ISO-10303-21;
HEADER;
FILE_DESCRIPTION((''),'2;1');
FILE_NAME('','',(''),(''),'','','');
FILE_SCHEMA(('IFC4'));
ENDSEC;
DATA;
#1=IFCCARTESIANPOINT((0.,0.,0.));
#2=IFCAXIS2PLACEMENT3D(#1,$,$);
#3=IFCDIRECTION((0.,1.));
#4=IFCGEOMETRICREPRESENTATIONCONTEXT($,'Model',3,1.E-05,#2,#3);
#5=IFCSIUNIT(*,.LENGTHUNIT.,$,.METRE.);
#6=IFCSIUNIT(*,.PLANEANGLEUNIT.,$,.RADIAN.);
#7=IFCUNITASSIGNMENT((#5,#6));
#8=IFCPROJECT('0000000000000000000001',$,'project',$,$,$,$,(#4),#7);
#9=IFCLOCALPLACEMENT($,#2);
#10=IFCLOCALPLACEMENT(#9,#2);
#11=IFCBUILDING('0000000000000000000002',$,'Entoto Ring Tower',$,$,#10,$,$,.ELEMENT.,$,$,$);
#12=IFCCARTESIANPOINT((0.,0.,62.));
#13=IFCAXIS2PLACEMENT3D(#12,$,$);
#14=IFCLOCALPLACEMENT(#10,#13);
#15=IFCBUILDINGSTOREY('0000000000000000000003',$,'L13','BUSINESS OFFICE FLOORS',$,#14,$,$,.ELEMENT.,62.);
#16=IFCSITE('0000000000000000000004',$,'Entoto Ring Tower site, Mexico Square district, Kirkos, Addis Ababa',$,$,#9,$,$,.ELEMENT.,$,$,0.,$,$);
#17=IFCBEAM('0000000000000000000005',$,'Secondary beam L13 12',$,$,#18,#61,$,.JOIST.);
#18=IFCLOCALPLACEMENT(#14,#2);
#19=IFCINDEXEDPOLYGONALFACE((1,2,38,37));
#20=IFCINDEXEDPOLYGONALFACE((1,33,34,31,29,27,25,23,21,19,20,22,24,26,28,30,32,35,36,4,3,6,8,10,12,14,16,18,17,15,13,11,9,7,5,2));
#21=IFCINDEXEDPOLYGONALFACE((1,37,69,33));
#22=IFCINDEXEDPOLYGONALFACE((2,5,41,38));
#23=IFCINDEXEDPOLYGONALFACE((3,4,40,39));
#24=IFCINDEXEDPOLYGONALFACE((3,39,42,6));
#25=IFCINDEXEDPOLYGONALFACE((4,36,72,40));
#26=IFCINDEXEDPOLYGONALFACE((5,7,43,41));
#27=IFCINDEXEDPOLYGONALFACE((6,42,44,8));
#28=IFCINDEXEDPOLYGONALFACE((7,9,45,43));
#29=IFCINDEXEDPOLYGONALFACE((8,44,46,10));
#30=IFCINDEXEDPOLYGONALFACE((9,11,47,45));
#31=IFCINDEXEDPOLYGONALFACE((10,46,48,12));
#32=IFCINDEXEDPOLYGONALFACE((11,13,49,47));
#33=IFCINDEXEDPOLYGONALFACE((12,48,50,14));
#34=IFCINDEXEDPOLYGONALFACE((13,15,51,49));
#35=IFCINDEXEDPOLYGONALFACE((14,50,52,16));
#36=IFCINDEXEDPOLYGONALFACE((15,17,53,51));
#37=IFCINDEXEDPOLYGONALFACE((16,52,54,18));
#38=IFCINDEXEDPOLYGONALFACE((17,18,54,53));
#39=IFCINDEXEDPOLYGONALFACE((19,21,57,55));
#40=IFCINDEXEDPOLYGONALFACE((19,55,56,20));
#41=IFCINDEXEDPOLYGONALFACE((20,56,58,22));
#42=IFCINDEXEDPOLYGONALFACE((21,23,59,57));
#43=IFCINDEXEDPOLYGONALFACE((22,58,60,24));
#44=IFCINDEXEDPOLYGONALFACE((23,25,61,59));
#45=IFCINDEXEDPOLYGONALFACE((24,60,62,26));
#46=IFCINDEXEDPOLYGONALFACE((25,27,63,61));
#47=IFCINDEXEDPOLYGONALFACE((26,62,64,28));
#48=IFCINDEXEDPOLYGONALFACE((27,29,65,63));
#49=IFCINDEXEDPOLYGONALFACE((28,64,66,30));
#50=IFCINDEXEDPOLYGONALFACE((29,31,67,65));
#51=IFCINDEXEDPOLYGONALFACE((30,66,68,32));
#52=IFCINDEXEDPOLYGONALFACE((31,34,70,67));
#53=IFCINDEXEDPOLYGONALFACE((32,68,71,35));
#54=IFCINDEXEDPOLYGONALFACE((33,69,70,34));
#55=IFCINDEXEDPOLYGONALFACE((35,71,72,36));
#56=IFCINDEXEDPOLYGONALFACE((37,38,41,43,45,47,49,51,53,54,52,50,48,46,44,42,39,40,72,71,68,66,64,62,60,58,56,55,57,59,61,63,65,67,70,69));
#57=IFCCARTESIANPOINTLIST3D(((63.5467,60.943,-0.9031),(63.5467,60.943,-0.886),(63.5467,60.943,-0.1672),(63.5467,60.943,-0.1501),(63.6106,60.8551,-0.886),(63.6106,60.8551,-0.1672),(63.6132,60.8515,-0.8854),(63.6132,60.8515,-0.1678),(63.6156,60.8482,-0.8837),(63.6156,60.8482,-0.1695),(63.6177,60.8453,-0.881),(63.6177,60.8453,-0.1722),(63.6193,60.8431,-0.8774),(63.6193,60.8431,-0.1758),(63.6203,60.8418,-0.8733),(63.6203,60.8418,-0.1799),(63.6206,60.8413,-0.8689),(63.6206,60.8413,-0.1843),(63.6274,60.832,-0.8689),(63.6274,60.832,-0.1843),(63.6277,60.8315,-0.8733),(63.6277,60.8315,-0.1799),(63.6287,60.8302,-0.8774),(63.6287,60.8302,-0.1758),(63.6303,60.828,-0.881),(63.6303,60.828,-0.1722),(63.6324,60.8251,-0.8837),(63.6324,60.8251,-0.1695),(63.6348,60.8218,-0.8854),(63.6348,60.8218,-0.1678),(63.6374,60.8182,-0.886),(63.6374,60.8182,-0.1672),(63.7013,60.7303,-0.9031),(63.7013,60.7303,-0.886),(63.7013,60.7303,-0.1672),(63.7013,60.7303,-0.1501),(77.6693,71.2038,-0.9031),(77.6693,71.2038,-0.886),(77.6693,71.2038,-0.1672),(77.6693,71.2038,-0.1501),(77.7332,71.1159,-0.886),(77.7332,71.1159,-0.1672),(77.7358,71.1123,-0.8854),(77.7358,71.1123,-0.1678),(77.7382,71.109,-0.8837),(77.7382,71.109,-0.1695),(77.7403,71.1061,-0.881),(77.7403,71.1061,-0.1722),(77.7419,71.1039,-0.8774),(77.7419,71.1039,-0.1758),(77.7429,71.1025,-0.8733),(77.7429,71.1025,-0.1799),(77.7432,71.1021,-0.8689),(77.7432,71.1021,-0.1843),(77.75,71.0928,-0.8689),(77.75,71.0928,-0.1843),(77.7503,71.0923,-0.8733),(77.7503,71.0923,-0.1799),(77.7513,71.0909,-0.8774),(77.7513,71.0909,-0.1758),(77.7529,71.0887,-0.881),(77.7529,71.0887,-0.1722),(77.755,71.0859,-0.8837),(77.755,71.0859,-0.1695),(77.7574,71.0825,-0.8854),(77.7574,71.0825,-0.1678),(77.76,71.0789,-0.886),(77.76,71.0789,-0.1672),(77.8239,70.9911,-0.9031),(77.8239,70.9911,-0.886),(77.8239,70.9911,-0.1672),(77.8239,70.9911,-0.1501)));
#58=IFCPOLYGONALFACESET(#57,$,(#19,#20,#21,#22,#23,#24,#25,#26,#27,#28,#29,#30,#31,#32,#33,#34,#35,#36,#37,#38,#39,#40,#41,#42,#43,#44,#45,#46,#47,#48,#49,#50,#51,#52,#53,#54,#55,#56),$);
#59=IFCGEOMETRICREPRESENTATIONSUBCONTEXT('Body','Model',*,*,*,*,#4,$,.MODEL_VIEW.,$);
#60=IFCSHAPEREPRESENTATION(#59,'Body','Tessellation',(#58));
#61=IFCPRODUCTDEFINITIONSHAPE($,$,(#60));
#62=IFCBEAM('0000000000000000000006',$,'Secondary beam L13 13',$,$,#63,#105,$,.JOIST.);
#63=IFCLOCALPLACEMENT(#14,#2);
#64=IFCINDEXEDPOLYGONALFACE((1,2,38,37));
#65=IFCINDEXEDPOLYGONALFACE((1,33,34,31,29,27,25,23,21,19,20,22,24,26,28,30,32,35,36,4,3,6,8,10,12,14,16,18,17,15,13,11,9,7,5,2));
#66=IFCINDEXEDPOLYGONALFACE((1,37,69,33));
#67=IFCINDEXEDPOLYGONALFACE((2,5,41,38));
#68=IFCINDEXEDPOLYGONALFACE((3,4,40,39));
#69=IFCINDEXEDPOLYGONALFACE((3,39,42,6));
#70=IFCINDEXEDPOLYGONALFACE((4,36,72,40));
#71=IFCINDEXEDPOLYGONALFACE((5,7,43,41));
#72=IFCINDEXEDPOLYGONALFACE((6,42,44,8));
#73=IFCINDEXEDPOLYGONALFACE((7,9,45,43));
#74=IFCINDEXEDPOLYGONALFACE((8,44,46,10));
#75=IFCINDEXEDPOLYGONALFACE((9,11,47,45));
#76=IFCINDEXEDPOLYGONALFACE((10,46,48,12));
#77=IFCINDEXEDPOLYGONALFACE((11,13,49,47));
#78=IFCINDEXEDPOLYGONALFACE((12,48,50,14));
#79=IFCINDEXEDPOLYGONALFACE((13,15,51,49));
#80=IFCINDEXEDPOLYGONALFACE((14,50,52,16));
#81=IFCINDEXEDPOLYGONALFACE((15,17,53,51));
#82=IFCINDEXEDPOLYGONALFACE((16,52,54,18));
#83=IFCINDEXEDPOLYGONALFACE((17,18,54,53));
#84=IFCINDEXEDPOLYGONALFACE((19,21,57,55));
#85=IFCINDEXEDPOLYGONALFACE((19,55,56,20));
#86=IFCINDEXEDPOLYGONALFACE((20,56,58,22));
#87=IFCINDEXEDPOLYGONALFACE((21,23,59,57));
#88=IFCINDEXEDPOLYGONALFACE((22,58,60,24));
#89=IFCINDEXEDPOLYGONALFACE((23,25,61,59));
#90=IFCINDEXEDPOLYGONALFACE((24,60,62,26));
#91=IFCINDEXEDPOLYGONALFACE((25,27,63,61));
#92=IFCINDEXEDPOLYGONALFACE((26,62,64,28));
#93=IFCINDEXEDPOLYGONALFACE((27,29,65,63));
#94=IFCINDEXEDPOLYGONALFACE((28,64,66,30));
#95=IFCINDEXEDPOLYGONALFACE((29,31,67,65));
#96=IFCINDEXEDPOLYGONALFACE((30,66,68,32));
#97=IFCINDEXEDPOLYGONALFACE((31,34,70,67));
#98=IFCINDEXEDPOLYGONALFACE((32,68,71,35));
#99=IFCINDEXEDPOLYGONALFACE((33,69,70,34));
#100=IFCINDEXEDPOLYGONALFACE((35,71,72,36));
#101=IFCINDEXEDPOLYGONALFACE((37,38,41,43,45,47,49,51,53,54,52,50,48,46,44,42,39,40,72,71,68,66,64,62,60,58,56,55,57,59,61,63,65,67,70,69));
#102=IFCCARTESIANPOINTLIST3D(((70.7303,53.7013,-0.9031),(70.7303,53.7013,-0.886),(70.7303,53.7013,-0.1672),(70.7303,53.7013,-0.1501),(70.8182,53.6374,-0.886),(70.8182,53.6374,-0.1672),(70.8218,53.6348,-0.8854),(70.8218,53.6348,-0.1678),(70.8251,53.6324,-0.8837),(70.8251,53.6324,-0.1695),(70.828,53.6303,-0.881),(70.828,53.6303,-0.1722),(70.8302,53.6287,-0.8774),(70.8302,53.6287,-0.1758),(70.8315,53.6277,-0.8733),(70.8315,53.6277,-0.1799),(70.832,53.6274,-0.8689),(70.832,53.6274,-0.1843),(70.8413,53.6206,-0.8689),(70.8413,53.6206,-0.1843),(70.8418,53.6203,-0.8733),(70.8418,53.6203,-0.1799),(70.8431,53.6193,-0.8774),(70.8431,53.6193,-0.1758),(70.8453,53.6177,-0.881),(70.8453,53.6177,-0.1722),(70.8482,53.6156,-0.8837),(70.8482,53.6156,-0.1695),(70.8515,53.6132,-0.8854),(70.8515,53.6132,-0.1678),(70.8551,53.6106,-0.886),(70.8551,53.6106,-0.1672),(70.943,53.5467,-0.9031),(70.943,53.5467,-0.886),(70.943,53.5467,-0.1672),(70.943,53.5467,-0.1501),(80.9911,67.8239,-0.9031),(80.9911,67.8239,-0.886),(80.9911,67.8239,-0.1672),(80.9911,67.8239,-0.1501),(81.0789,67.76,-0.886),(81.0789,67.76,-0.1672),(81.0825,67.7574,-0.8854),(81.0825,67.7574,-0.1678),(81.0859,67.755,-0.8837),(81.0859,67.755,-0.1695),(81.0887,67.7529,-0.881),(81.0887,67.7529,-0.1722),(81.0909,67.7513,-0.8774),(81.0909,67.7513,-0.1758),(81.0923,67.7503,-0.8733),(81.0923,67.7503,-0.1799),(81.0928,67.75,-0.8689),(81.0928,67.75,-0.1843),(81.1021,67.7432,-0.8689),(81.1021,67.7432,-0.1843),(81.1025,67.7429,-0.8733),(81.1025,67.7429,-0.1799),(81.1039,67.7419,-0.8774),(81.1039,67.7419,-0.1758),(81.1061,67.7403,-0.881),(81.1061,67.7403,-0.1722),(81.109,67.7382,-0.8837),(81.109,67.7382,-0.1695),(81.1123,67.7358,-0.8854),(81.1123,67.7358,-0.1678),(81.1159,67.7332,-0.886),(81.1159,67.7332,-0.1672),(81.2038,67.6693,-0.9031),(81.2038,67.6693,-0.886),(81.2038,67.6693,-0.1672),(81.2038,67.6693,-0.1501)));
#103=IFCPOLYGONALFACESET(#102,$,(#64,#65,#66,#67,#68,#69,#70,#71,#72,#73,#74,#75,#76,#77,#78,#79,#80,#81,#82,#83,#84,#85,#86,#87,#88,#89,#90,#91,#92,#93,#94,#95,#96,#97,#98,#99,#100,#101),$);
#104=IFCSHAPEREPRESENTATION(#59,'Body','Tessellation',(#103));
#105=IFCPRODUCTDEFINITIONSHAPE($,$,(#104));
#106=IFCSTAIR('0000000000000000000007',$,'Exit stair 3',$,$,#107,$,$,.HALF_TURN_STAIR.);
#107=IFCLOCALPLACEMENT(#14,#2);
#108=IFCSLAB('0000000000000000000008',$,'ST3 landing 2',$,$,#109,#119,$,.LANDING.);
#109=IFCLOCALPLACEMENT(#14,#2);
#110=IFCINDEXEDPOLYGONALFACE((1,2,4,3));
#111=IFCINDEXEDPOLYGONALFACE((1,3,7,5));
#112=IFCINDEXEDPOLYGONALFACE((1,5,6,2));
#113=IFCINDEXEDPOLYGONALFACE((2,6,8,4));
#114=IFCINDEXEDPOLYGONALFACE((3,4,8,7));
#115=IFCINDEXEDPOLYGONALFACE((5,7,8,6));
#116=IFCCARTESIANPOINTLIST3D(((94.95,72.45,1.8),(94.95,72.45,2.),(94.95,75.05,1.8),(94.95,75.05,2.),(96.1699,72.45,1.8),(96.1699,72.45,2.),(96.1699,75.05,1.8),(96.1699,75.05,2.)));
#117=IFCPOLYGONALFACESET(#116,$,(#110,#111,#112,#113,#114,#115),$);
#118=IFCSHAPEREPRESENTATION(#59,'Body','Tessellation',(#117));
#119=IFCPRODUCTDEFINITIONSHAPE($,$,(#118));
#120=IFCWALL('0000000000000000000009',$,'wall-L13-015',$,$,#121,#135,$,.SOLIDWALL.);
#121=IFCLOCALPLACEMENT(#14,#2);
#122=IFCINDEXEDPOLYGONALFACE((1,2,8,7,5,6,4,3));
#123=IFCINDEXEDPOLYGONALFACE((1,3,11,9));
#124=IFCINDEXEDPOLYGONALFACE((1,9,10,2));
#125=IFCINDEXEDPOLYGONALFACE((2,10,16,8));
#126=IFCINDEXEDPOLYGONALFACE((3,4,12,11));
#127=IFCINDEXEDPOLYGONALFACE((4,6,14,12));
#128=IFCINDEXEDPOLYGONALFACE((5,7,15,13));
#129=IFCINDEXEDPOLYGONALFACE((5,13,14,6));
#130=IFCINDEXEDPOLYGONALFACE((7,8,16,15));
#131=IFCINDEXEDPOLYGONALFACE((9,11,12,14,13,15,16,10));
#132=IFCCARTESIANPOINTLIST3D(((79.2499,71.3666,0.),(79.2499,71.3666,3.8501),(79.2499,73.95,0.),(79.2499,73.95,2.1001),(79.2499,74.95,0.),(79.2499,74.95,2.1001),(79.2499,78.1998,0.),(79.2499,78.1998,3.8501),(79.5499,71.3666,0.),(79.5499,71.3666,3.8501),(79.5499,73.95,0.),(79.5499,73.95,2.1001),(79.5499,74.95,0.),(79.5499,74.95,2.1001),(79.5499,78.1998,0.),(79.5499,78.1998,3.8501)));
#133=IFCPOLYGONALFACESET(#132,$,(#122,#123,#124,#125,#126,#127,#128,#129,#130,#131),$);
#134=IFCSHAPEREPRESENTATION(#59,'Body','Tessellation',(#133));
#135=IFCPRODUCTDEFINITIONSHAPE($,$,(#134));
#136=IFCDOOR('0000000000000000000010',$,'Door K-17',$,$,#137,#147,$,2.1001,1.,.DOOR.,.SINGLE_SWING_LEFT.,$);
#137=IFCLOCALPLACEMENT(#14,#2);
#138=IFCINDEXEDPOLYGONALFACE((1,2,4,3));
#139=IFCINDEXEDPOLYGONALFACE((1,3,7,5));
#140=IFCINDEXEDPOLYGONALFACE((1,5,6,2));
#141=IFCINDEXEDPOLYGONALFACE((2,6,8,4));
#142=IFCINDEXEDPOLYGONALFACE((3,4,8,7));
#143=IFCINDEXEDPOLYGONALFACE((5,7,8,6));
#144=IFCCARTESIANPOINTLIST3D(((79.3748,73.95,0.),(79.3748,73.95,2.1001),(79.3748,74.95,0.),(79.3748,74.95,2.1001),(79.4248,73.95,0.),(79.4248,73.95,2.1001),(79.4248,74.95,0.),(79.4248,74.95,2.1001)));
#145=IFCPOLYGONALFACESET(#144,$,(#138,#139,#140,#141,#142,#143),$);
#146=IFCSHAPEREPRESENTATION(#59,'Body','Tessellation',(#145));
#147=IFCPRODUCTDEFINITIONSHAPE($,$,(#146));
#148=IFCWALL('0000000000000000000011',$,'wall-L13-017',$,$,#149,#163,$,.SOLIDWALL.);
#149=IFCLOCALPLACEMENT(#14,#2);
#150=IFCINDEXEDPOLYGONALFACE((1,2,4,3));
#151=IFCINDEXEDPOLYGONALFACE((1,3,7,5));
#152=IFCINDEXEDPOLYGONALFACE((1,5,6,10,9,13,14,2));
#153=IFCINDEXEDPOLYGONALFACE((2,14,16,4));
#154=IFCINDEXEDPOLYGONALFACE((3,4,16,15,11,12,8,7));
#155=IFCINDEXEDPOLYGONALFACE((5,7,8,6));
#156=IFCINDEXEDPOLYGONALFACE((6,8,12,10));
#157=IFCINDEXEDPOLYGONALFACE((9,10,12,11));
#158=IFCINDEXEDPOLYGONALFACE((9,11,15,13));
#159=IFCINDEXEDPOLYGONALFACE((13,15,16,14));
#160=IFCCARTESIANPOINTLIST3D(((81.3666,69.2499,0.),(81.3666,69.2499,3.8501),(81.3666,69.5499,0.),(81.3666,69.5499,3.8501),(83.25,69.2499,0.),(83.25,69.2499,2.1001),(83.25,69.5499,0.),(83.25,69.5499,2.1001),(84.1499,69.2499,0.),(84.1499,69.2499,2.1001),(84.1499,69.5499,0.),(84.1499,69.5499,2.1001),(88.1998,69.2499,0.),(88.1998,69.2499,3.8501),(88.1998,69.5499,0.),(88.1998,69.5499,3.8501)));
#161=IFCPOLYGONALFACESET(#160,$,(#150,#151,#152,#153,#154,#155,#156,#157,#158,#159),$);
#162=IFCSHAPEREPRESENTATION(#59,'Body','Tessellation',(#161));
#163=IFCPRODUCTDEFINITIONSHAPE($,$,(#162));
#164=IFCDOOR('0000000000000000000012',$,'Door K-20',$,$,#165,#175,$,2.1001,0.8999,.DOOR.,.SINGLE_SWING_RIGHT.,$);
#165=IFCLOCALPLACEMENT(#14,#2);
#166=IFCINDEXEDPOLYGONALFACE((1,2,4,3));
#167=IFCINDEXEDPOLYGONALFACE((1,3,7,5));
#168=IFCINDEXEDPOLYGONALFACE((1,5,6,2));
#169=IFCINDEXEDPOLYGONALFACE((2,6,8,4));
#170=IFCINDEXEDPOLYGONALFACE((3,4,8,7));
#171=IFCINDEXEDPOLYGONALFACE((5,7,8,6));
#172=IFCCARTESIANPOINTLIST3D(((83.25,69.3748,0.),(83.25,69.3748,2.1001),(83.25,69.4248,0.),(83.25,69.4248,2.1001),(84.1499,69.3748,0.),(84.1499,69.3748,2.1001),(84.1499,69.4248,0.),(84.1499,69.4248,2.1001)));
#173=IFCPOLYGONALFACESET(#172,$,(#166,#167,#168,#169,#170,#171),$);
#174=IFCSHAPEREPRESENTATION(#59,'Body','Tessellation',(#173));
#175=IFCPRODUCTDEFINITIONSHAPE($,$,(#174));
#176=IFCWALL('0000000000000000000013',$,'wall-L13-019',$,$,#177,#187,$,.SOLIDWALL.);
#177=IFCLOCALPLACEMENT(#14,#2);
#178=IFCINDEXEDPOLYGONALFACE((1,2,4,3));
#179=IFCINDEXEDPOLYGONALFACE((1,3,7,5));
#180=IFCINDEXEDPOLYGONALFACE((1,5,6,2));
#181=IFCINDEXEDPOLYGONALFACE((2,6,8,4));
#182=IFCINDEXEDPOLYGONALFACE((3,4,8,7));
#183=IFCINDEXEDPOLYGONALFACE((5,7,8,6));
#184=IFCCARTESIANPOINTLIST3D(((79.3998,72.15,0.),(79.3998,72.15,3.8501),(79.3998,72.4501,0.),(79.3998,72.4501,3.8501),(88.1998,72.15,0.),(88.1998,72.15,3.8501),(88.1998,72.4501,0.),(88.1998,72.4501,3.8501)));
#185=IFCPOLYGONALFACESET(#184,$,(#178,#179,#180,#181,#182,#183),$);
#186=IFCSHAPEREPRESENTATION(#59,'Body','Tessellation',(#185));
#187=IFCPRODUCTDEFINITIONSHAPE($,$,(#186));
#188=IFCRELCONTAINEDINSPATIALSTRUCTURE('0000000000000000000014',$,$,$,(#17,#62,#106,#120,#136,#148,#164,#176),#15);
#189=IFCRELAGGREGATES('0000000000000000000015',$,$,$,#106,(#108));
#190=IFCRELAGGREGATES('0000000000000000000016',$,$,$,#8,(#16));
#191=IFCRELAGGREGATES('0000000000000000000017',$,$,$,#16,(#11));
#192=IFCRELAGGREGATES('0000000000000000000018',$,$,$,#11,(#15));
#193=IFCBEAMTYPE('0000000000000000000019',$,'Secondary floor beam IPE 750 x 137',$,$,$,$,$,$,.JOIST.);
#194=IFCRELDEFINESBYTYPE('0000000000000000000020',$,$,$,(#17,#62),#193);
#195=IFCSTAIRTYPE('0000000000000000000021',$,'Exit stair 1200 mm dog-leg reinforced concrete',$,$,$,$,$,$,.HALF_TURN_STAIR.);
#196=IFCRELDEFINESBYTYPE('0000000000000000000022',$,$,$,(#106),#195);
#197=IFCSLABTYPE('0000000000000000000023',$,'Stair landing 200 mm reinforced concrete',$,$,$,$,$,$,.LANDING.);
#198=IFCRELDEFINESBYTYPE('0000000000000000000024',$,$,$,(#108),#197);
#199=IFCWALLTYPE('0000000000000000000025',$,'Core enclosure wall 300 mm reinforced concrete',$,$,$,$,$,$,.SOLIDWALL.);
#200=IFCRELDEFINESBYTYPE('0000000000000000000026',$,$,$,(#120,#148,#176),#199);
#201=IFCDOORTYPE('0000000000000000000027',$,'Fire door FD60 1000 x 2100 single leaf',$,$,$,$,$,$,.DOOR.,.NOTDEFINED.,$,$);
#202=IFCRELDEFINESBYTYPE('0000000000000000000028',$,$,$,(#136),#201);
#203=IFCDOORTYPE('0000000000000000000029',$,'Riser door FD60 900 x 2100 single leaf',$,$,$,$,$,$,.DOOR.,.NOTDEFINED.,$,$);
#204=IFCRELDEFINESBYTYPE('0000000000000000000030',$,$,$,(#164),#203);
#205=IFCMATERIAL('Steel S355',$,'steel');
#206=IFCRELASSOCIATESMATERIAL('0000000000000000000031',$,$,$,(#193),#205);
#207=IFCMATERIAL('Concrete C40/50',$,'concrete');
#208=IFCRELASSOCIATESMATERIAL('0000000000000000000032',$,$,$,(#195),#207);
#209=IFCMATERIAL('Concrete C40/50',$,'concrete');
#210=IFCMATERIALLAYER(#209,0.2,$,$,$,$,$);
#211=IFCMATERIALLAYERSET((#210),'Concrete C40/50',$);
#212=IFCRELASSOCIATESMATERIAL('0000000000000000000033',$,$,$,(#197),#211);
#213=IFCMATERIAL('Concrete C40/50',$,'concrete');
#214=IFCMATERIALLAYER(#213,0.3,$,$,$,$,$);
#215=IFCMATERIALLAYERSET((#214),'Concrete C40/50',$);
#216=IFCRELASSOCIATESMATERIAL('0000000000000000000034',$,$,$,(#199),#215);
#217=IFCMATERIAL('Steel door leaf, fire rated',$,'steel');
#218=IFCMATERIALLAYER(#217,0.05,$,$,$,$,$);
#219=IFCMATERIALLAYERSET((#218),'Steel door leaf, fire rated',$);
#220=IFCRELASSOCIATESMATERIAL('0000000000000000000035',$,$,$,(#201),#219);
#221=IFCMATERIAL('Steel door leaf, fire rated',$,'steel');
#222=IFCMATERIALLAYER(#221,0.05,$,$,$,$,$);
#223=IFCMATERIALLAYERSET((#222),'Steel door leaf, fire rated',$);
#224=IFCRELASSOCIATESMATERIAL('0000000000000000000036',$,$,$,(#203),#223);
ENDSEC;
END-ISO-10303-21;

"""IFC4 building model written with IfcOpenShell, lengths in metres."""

from ifc_helpers import new_model, si_unit, direction, frame, frame_2d, origin, origin_2d, place, context, subcontext, project, spatial, polyline, rectangle, i_section, outline, extrude, material, layer, layer_set, material_profile, profile_set, type_object, element, fill, aggregate, save


model = new_model("IFC4")

# Units and contexts
model_context = context("Model", 3, precision=1e-05, world=origin(), true_north=direction((0.0, 1.0)))
body_context = subcontext(model_context, "Body", "Model", "MODEL_VIEW")
ifc_project = project(units=[si_unit("LENGTHUNIT", "METRE"), si_unit("PLANEANGLEUNIT", "RADIAN")], contexts=[model_context])

# Site, building, storey
site_placement = place(None, origin())
site = spatial("IfcSite", under=ifc_project, at=site_placement, Name="Entoto Ring Tower site, Mexico Square district, Kirkos, Addis Ababa", CompositionType="ELEMENT", RefElevation=0.0)
building_placement = place(site_placement, origin())
building = spatial("IfcBuilding", under=site, at=building_placement, Name="Entoto Ring Tower", CompositionType="ELEMENT")
storey_placement = place(building_placement, frame((0.0, 0.0, 62.0)))
storey = spatial("IfcBuildingStorey", under=building, at=storey_placement, Name="L13", Description="BUSINESS OFFICE FLOORS", CompositionType="ELEMENT", Elevation=62.0)

# Beams
ifc_material_1 = material(Name="Steel S355", Category="steel")
ifc_material_profile_1 = material_profile(ifc_material_1, i_section(OverallWidth=0.2629, OverallDepth=0.7529, WebThickness=0.0115, FlangeThickness=0.0171, FilletRadius=0.0171, at=origin_2d()), Name="IPE 750 x 137")
ifc_profile_set_1 = profile_set([ifc_material_profile_1], Name="Steel S355")
beam_type_1 = type_object("IfcBeamType", Name="Secondary floor beam IPE 750 x 137", PredefinedType="JOIST", material=ifc_profile_set_1)
for number, where, z_axis, x_axis, name in (
    (1, (77.7466, 71.0974, -0.5266), (-0.809014, -0.587789, 0.0), (0.587789, -0.809014, 0.0), "Secondary beam L13 12"),
    (2, (81.0974, 67.7466, -0.5266), (-0.587789, -0.809014, 0.0), (0.809014, -0.587789, 0.0), "Secondary beam L13 13"),
):
    element("IfcBeam", number, at=place(storey_placement, frame(where, z_axis=z_axis, x_axis=x_axis)), inside=storey, type_object=beam_type_1, Name=name, PredefinedType="JOIST", context=body_context, shape_type="SweptSolid", body=[
        extrude(i_section(OverallWidth=0.2629, OverallDepth=0.7529, WebThickness=0.0115, FlangeThickness=0.0171, FilletRadius=0.0171, at=origin_2d()), origin(), (0.0, 0.0, 1.0), 17.4565),
    ])

# Stair, slab
ifc_material_2 = material(Name="Concrete C40/50", Category="concrete")
stair_type = type_object("IfcStairType", Name="Exit stair 1200 mm dog-leg reinforced concrete", PredefinedType="HALF_TURN_STAIR", material=ifc_material_2)
stair_1_placement = place(storey_placement, origin())
stair_1 = element("IfcStair", 3, at=stair_1_placement, inside=storey, type_object=stair_type, Name="Exit stair 3", PredefinedType="HALF_TURN_STAIR")
ifc_material_3 = material(Name="Concrete C40/50", Category="concrete")
ifc_layer_1 = layer(ifc_material_3, 0.2)
ifc_layer_set_1 = layer_set([ifc_layer_1], Name="Concrete C40/50")
slab_type_1 = type_object("IfcSlabType", Name="Stair landing 200 mm reinforced concrete", PredefinedType="LANDING", material=ifc_layer_set_1)
slab_1_placement = place(storey_placement, frame((0.0, 0.0, 1.8)))
slab_1 = element("IfcSlab", 4, at=slab_1_placement, type_object=slab_type_1, Name="ST3 landing 2", PredefinedType="LANDING", context=body_context, shape_type="SweptSolid", body=[
    extrude(outline(polyline([(94.95, 72.45), (96.1699, 72.45), (96.1699, 75.05), (94.95, 75.05), (94.95, 72.45)])), origin(), (0.0, 0.0, 1.0), 0.2),
])
aggregate(stair_1, [slab_1])

# Walls, openings, doors
ifc_material_4 = material(Name="Concrete C40/50", Category="concrete")
ifc_layer_2 = layer(ifc_material_4, 0.3)
ifc_layer_set_2 = layer_set([ifc_layer_2], Name="Concrete C40/50")
wall_type_1 = type_object("IfcWallType", Name="Core enclosure wall 300 mm reinforced concrete", PredefinedType="SOLIDWALL", material=ifc_layer_set_2)
wall_1_placement = place(storey_placement, frame((79.3999, 71.3667, 0.0), z_axis=(0.0, 0.0, 1.0), x_axis=(0.0, 1.0, 0.0)))
wall_1 = element("IfcWall", 5, at=wall_1_placement, inside=storey, type_object=wall_type_1, Name="wall-L13-015", PredefinedType="SOLIDWALL", context=body_context, shape_type="SweptSolid", body=[
    extrude(rectangle(XDim=6.8333, YDim=0.3, at=frame_2d((3.4165, 0.0))), origin(), (0.0, 0.0, 1.0), 3.8501),
])
opening_1_placement = place(wall_1_placement, frame((2.5833, 0.0, 0.0)))
opening_1 = element("IfcOpeningElement", 6, at=opening_1_placement, cuts=wall_1, PredefinedType="OPENING", context=body_context, shape_type="SweptSolid", body=[
    extrude(rectangle(XDim=1.0, YDim=2.1001, at=frame_2d((0.5, 1.05))), frame((0.0, 0.1602, 0.0), z_axis=(0.0, -1.0, 0.0), x_axis=(1.0, 0.0, 0.0)), (0.0, 0.0, 1.0), 0.3201),
])
ifc_material_5 = material(Name="Steel door leaf, fire rated", Category="steel")
ifc_layer_3 = layer(ifc_material_5, 0.05)
ifc_layer_set_3 = layer_set([ifc_layer_3], Name="Steel door leaf, fire rated")
door_type_1 = type_object("IfcDoorType", Name="Fire door FD60 1000 x 2100 single leaf", OperationType="NOTDEFINED", PredefinedType="DOOR", material=ifc_layer_set_3)
door_1_placement = place(opening_1_placement, frame((1.0, 0.0, 0.0), z_axis=(0.0, 0.0, 1.0), x_axis=(-1.0, 0.0, 0.0)))
door_1 = element("IfcDoor", 7, at=door_1_placement, inside=storey, type_object=door_type_1, Name="Door K-17", OperationType="SINGLE_SWING_LEFT", OverallHeight=2.1001, OverallWidth=1.0, PredefinedType="DOOR", context=body_context, shape_type="SweptSolid", body=[
    extrude(rectangle(XDim=1.0, YDim=2.1001, at=frame_2d((0.5, 1.05))), frame((0.0, 0.0249, 0.0), z_axis=(0.0, -1.0, 0.0), x_axis=(1.0, 0.0, 0.0)), (0.0, 0.0, 1.0), 0.05),
])
fill(opening_1, door_1)
wall_2_placement = place(storey_placement, frame((81.3667, 69.3999, 0.0), z_axis=(0.0, 0.0, 1.0), x_axis=(1.0, 0.0, 0.0)))
wall_2 = element("IfcWall", 8, at=wall_2_placement, inside=storey, type_object=wall_type_1, Name="wall-L13-017", PredefinedType="SOLIDWALL", context=body_context, shape_type="SweptSolid", body=[
    extrude(rectangle(XDim=6.8333, YDim=0.3, at=frame_2d((3.4165, 0.0))), origin(), (0.0, 0.0, 1.0), 3.8501),
])
opening_2_placement = place(wall_2_placement, frame((1.8833, 0.0, 0.0)))
opening_2 = element("IfcOpeningElement", 9, at=opening_2_placement, cuts=wall_2, PredefinedType="OPENING", context=body_context, shape_type="SweptSolid", body=[
    extrude(rectangle(XDim=0.8999, YDim=2.1001, at=frame_2d((0.45, 1.05))), frame((0.0, 0.1602, 0.0), z_axis=(0.0, -1.0, 0.0), x_axis=(1.0, 0.0, 0.0)), (0.0, 0.0, 1.0), 0.3201),
])
ifc_material_6 = material(Name="Steel door leaf, fire rated", Category="steel")
ifc_layer_4 = layer(ifc_material_6, 0.05)
ifc_layer_set_4 = layer_set([ifc_layer_4], Name="Steel door leaf, fire rated")
door_type_2 = type_object("IfcDoorType", Name="Riser door FD60 900 x 2100 single leaf", OperationType="NOTDEFINED", PredefinedType="DOOR", material=ifc_layer_set_4)
door_2_placement = place(opening_2_placement, origin())
door_2 = element("IfcDoor", 10, at=door_2_placement, inside=storey, type_object=door_type_2, Name="Door K-20", OperationType="SINGLE_SWING_RIGHT", OverallHeight=2.1001, OverallWidth=0.8999, PredefinedType="DOOR", context=body_context, shape_type="SweptSolid", body=[
    extrude(rectangle(XDim=0.8999, YDim=2.1001, at=frame_2d((0.45, 1.05))), frame((0.0, 0.0249, 0.0), z_axis=(0.0, -1.0, 0.0), x_axis=(1.0, 0.0, 0.0)), (0.0, 0.0, 1.0), 0.05),
])
fill(opening_2, door_2)

# Wall
wall_3_placement = place(storey_placement, frame((79.3999, 72.3, 0.0), z_axis=(0.0, 0.0, 1.0), x_axis=(1.0, 0.0, 0.0)))
element("IfcWall", 11, at=wall_3_placement, inside=storey, type_object=wall_type_1, Name="wall-L13-019", PredefinedType="SOLIDWALL", context=body_context, shape_type="SweptSolid", body=[
    extrude(rectangle(XDim=8.8, YDim=0.3, at=frame_2d((4.3999, 0.0))), origin(), (0.0, 0.0, 1.0), 3.8501),
])

save(model, "model.ifc")
